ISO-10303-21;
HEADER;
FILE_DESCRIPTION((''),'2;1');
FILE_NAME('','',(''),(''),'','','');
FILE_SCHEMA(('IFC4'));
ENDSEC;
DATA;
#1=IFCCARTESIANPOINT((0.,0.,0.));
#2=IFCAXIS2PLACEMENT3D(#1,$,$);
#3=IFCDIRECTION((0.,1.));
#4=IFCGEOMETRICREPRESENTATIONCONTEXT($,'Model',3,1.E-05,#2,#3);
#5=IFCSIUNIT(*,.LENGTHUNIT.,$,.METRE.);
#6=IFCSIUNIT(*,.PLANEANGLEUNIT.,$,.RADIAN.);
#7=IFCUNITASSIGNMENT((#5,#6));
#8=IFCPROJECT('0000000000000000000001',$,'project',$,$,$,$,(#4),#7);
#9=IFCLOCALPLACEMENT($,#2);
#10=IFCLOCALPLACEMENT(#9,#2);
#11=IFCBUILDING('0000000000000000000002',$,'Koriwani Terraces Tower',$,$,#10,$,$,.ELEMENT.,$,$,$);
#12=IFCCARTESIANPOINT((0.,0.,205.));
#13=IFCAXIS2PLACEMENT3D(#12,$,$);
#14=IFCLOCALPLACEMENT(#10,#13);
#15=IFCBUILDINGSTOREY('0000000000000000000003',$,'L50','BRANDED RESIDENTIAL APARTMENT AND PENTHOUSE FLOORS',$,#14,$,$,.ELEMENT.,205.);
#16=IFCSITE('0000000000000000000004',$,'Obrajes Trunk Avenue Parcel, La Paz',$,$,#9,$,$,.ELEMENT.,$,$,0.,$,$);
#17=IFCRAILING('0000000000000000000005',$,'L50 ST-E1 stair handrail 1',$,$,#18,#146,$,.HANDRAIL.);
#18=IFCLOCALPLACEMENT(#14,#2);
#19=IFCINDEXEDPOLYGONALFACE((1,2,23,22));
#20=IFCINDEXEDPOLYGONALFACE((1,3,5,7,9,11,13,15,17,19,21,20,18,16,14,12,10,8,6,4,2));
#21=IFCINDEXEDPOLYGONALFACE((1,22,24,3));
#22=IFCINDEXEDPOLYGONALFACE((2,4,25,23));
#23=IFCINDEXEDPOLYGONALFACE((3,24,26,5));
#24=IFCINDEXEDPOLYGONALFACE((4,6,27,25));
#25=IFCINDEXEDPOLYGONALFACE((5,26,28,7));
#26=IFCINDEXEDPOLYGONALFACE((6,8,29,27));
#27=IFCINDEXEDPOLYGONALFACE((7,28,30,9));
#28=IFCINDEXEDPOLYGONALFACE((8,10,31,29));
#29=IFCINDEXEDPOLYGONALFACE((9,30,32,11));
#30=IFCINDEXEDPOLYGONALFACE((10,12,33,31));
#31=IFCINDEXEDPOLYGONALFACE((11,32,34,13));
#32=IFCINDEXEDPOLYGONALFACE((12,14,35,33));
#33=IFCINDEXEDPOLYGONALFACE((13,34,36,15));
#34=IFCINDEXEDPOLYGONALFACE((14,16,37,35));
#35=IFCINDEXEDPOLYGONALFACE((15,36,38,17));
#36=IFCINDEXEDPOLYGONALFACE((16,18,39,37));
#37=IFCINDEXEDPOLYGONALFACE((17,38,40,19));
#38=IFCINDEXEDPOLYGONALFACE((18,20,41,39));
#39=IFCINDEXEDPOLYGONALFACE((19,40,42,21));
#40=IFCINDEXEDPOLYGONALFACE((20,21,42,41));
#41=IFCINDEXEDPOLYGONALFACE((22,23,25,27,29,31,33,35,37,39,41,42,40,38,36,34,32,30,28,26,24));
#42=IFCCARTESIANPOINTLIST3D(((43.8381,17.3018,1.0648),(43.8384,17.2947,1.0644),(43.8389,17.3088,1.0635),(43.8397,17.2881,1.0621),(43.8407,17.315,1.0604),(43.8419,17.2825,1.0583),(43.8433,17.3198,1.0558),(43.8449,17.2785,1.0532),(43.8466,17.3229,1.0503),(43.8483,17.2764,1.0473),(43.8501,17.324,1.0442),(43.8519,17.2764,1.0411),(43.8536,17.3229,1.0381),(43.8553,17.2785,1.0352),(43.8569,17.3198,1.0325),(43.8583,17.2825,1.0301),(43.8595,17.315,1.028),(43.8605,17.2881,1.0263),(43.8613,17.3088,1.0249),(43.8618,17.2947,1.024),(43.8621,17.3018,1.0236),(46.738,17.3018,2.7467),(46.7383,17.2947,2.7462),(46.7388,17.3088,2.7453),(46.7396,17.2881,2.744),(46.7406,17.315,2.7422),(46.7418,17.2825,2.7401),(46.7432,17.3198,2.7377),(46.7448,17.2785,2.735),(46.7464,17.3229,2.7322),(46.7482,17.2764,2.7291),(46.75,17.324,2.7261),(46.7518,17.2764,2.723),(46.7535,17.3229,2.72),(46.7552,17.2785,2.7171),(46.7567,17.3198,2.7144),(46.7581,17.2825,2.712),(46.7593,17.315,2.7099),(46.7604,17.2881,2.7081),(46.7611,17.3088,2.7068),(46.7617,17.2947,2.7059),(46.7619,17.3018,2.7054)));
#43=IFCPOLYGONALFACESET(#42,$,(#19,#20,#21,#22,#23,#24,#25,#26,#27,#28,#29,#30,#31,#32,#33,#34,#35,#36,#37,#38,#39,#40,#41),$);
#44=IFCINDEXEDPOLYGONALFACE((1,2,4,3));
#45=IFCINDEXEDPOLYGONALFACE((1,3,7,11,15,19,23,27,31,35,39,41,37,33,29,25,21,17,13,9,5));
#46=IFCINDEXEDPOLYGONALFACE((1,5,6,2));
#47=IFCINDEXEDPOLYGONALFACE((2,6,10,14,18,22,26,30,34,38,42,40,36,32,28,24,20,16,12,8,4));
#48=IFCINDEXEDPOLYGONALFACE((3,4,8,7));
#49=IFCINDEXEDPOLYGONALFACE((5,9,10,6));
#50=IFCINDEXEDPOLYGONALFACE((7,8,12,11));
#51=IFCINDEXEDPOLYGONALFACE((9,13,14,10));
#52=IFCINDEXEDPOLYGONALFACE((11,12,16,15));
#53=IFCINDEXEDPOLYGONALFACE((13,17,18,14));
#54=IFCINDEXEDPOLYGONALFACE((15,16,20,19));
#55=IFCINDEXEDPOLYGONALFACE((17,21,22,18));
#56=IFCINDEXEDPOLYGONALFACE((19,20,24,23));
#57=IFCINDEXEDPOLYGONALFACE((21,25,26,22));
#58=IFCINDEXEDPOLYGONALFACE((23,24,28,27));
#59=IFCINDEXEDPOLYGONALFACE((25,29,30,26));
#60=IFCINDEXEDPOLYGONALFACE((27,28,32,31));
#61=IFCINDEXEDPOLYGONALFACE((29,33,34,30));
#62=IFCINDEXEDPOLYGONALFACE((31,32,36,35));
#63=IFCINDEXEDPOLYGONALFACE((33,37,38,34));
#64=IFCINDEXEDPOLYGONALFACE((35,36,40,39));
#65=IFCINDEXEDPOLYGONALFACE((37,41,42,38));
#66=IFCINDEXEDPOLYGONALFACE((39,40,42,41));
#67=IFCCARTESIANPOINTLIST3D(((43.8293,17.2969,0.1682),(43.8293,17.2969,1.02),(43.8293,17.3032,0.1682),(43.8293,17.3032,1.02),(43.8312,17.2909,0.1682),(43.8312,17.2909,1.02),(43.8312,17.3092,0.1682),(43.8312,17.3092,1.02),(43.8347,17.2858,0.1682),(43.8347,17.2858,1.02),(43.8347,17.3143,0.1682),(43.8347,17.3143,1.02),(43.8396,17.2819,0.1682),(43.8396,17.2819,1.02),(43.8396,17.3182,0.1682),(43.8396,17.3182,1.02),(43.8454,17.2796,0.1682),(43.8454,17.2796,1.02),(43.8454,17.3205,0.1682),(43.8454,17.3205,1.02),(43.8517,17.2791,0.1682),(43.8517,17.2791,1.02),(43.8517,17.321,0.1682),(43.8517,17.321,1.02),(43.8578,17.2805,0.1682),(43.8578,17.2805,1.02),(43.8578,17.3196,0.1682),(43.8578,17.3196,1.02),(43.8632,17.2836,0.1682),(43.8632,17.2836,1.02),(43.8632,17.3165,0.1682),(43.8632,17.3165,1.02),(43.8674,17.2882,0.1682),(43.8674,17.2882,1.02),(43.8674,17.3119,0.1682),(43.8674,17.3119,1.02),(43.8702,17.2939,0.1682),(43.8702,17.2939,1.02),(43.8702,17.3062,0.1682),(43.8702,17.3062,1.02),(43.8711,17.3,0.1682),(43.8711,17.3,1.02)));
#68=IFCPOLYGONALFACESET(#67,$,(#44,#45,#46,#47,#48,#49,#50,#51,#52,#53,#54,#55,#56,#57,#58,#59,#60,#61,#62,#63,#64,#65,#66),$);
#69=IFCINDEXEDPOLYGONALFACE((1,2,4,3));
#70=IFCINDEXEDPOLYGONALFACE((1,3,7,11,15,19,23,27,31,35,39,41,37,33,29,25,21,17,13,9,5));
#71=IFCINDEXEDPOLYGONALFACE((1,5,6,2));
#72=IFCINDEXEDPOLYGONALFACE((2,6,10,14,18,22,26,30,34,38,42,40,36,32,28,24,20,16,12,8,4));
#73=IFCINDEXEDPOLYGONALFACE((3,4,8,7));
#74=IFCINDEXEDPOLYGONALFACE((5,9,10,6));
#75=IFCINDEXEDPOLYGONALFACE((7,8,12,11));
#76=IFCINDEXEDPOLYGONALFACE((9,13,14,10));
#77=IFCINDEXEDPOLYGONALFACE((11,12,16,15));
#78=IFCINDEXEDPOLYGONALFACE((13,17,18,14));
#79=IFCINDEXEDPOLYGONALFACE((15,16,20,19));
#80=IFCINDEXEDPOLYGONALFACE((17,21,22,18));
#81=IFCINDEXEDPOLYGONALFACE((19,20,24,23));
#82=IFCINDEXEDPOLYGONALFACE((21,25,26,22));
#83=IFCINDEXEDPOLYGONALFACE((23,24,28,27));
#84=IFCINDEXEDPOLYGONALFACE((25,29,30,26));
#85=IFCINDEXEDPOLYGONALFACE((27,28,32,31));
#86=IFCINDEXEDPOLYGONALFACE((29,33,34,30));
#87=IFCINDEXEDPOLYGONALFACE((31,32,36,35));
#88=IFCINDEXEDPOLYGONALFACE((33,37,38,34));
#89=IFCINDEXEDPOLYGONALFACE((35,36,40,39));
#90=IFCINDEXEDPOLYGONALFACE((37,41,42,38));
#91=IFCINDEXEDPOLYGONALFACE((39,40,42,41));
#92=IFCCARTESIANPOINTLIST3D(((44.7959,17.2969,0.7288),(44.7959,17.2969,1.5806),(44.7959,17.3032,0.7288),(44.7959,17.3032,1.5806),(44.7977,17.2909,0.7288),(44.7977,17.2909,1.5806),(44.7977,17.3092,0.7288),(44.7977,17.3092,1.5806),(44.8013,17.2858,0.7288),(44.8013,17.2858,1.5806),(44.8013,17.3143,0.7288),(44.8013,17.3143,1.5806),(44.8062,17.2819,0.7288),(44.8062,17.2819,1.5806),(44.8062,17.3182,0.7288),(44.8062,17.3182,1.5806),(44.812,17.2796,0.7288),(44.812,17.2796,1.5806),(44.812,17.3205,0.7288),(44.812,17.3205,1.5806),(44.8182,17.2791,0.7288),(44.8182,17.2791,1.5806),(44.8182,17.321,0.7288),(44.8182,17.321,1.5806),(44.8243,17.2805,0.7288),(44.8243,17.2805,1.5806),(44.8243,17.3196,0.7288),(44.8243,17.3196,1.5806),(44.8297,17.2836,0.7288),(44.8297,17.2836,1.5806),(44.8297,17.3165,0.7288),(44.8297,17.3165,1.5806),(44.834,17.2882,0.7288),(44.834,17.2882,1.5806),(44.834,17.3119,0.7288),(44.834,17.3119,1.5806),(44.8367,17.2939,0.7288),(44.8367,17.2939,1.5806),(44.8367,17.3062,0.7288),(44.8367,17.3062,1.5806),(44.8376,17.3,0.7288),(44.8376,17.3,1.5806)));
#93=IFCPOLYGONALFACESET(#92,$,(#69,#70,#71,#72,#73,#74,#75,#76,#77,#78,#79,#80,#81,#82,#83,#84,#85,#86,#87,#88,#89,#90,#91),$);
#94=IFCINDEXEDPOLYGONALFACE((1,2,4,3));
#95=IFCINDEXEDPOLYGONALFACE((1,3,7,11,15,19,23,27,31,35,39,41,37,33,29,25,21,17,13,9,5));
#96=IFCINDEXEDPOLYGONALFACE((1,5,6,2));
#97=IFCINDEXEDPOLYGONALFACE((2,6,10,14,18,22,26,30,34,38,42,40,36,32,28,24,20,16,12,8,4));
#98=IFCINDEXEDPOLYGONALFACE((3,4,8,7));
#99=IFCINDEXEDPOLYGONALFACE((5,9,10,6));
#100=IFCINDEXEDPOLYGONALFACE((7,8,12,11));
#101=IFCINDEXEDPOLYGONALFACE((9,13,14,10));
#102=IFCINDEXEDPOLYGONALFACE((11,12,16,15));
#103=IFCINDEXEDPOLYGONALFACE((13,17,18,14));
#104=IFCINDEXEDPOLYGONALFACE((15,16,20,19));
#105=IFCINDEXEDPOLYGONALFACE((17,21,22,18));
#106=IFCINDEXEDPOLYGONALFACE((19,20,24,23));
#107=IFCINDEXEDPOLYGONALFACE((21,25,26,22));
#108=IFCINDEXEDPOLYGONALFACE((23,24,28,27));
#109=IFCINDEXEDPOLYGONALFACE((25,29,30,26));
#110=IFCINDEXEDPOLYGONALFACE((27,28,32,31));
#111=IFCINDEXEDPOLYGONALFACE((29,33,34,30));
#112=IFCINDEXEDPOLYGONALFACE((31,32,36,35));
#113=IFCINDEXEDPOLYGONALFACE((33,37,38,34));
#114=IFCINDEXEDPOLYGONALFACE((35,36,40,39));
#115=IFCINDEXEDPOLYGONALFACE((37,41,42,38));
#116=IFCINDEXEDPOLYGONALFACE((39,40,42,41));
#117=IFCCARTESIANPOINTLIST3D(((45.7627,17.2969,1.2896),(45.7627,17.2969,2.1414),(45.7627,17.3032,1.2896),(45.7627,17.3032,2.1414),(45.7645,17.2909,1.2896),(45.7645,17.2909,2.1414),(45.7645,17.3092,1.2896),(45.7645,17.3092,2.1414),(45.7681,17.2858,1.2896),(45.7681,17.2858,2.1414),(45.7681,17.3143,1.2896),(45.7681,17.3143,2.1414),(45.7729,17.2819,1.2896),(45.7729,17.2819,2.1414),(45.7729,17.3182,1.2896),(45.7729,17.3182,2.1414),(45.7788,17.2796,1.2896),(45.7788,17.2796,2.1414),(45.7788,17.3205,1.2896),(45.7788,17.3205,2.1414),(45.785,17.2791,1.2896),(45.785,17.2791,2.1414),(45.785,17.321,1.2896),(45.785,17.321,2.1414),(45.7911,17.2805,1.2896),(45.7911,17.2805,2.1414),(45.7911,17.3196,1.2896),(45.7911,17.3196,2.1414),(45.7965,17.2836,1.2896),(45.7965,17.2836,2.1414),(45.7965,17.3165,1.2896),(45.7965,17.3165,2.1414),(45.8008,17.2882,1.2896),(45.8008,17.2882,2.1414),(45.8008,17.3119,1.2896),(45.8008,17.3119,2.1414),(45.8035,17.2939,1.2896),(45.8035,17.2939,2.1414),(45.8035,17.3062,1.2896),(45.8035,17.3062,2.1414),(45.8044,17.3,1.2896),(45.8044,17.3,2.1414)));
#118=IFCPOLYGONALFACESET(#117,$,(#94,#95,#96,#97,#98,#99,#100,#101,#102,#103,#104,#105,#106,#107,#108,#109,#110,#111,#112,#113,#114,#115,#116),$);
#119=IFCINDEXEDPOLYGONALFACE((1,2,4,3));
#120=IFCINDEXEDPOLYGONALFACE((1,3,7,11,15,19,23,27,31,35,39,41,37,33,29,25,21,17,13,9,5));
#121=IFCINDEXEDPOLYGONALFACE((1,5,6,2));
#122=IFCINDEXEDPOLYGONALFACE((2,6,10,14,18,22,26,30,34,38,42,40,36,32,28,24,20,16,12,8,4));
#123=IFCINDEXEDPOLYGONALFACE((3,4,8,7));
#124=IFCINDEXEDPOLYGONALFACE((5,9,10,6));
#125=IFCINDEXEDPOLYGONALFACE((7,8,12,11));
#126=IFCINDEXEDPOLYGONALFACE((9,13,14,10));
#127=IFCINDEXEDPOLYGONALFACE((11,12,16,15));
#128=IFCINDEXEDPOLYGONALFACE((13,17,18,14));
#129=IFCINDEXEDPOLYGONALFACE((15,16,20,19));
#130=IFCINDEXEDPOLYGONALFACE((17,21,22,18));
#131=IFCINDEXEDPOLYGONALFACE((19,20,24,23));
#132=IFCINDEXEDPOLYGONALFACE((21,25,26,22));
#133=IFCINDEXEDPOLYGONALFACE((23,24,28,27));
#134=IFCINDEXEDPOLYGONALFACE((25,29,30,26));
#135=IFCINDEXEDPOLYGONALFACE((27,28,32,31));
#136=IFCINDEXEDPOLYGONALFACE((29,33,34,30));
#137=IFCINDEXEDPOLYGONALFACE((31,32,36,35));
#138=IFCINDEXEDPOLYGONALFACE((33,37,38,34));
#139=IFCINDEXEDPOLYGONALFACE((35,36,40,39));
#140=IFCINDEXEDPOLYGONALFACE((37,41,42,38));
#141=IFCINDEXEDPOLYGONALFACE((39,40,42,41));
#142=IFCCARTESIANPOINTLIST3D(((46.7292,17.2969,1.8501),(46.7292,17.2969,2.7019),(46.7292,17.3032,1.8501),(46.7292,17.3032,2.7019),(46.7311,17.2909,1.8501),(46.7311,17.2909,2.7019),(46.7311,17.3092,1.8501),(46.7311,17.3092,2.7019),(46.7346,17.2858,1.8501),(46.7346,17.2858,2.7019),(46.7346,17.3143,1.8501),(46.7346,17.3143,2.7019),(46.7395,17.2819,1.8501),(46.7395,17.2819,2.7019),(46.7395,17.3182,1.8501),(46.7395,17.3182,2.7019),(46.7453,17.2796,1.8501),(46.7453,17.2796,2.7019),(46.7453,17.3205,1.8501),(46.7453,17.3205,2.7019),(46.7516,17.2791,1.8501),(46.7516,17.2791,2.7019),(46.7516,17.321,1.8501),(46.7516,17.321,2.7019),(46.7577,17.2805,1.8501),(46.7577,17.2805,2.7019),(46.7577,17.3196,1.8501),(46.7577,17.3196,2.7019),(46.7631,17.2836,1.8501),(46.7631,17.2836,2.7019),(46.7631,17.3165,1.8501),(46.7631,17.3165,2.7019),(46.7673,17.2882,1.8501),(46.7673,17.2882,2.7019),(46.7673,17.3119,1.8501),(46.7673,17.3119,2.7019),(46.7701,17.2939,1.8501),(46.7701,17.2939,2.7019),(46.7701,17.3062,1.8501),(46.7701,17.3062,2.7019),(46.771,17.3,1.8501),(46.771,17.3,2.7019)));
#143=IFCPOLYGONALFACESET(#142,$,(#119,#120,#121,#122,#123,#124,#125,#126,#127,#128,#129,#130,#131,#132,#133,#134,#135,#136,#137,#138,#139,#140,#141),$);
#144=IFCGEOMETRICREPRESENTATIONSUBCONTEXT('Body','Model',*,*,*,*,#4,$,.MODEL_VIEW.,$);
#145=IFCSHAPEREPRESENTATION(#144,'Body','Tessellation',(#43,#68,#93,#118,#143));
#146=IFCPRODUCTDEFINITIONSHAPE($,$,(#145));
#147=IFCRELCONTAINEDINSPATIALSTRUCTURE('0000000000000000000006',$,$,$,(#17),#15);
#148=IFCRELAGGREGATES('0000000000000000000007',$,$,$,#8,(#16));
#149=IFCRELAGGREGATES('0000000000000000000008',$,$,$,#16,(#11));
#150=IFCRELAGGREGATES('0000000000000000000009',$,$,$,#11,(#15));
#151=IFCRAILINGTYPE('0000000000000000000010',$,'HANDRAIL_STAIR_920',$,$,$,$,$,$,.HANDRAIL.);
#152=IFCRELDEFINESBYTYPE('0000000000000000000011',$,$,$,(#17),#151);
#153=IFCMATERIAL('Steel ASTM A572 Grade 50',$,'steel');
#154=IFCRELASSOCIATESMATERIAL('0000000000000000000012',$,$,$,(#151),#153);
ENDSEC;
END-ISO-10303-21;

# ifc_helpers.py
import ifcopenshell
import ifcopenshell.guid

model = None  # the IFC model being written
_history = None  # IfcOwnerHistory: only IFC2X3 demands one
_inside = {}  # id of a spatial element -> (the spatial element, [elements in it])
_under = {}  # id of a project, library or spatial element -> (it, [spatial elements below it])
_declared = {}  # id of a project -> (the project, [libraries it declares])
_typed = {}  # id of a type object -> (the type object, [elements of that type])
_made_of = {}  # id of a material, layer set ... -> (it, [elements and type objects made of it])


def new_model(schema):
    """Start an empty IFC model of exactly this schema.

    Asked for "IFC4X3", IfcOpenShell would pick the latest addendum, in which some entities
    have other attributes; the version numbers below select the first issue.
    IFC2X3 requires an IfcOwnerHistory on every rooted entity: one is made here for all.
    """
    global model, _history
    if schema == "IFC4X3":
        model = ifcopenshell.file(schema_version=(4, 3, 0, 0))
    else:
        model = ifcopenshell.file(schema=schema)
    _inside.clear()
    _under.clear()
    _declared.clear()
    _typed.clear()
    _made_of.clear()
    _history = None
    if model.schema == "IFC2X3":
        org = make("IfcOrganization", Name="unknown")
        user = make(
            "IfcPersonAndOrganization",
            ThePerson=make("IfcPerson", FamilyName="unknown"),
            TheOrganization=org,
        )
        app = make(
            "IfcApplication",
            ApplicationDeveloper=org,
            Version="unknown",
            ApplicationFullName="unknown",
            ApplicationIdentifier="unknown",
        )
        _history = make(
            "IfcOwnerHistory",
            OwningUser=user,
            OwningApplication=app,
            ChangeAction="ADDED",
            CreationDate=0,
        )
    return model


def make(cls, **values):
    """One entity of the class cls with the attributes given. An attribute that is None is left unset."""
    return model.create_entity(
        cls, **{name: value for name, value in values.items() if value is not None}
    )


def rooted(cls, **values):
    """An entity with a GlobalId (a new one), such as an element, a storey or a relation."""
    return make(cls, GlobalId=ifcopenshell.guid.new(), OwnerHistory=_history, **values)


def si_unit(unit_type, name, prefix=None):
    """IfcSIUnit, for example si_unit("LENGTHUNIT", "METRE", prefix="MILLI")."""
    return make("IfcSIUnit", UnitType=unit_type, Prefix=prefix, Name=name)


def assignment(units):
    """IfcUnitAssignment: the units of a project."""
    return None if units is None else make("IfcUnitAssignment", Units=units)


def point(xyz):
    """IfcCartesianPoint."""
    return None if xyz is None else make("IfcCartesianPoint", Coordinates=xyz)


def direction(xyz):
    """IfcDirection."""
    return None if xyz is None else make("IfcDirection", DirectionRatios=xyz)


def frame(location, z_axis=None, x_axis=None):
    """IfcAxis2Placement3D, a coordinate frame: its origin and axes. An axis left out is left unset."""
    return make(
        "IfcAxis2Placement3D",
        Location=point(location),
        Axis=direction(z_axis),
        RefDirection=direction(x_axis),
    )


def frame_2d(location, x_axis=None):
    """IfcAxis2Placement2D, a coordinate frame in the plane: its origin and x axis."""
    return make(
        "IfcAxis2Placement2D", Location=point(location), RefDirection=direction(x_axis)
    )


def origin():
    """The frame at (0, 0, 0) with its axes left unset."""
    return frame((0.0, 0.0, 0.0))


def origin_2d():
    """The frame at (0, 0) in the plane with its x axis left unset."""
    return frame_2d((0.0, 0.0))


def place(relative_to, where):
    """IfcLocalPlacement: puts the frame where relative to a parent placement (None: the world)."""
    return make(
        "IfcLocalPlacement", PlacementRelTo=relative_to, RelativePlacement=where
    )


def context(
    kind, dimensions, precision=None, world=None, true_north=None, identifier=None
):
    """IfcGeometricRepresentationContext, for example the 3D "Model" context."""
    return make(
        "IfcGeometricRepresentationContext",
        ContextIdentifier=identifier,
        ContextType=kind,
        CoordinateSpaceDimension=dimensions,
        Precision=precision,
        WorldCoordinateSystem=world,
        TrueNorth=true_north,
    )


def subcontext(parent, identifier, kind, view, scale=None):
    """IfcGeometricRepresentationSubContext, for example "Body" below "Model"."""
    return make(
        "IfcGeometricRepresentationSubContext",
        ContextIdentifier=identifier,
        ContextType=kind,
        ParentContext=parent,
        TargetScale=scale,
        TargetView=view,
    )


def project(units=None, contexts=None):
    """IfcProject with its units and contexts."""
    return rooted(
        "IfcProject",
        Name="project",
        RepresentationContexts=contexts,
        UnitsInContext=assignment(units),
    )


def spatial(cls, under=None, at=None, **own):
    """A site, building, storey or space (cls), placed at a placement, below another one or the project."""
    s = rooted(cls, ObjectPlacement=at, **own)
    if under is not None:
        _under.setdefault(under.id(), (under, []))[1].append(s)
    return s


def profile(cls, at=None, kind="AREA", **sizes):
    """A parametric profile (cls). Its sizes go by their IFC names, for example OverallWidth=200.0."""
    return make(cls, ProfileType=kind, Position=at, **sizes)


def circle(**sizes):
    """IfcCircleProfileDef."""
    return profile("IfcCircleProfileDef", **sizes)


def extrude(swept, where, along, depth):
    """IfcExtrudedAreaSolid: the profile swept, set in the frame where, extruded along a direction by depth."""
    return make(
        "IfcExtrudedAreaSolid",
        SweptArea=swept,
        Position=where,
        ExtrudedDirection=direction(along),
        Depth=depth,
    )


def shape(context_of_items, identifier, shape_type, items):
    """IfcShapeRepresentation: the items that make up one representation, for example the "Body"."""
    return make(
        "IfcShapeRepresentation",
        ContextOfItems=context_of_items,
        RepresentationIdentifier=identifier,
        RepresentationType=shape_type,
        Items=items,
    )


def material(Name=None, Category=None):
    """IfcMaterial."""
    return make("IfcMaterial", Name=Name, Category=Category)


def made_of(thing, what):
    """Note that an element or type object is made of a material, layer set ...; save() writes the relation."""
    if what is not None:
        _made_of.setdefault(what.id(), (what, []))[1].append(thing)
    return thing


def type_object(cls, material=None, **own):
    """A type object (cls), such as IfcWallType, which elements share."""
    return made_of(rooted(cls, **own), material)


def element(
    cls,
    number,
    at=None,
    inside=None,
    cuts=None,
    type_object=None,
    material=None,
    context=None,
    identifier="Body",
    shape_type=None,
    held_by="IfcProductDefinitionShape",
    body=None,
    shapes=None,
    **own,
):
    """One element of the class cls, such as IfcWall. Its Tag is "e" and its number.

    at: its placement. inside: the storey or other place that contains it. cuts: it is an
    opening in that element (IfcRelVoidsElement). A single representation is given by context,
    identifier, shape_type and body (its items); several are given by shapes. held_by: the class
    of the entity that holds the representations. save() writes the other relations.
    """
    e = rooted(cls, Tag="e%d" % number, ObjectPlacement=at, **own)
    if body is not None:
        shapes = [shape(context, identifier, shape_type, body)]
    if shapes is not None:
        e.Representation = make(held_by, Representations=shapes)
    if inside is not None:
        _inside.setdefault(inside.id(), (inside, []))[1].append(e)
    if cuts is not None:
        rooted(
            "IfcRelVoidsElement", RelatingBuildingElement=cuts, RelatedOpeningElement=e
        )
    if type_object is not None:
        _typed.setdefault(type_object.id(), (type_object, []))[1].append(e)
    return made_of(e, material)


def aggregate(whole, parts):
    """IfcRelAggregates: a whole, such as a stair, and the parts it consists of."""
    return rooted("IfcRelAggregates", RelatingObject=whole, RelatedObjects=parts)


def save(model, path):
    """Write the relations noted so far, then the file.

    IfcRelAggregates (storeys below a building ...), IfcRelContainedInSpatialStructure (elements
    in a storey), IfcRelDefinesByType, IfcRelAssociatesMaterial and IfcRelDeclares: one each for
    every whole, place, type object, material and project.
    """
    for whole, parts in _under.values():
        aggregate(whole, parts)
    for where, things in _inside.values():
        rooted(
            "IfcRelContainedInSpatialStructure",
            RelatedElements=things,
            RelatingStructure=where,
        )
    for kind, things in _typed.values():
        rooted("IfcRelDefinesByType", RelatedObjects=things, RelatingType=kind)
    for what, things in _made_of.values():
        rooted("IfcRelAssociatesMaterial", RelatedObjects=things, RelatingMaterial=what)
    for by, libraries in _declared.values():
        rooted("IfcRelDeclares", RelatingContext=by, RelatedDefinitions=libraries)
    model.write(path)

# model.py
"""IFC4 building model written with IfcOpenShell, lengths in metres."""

from ifc_helpers import new_model, si_unit, direction, frame, origin, origin_2d, place, context, subcontext, project, spatial, circle, extrude, material, type_object, element, save


model = new_model("IFC4")

# Units and contexts
model_context = context("Model", 3, precision=1e-05, world=origin(), true_north=direction((0.0, 1.0)))
body_context = subcontext(model_context, "Body", "Model", "MODEL_VIEW")
ifc_project = project(units=[si_unit("LENGTHUNIT", "METRE"), si_unit("PLANEANGLEUNIT", "RADIAN")], contexts=[model_context])

# Site, building, storey
site_placement = place(None, origin())
site = spatial("IfcSite", under=ifc_project, at=site_placement, Name="Obrajes Trunk Avenue Parcel, La Paz", CompositionType="ELEMENT", RefElevation=0.0)
building_placement = place(site_placement, origin())
building = spatial("IfcBuilding", under=site, at=building_placement, Name="Koriwani Terraces Tower", CompositionType="ELEMENT")
storey_placement = place(building_placement, frame((0.0, 0.0, 205.0)))
storey = spatial("IfcBuildingStorey", under=building, at=storey_placement, Name="L50", Description="BRANDED RESIDENTIAL APARTMENT AND PENTHOUSE FLOORS", CompositionType="ELEMENT", Elevation=205.0)

# Shared definitions
ifc_material_1 = material(Name="Steel ASTM A572 Grade 50", Category="steel")

# Railing
railing_type_1 = type_object("IfcRailingType", Name="HANDRAIL_STAIR_920", PredefinedType="HANDRAIL", material=ifc_material_1)
for number, where, name in (
    (1, (43.8501, 17.3, 0.1682), "L50 ST-E1 stair handrail 1"),
):
    element("IfcRailing", number, at=place(storey_placement, frame(where)), inside=storey, type_object=railing_type_1, Name=name, PredefinedType="HANDRAIL", context=body_context, shape_type="SweptSolid", body=[
        extrude(circle(Radius=0.0239, at=origin_2d()), frame((0.0, 0.0, 0.876), z_axis=(0.865039, 0.0, 0.501705), x_axis=(0.0, 1.0, 0.0)), (0.0, 0.0, 1.0), 3.3523),
        extrude(circle(Radius=0.021, at=origin_2d()), origin(), (0.0, 0.0, 1.0), 0.8518),
        extrude(circle(Radius=0.021, at=origin_2d()), frame((0.9666, 0.0, 0.5605)), (0.0, 0.0, 1.0), 0.8518),
        extrude(circle(Radius=0.021, at=origin_2d()), frame((1.9333, 0.0, 1.1213)), (0.0, 0.0, 1.0), 0.8518),
        extrude(circle(Radius=0.021, at=origin_2d()), frame((2.8999, 0.0, 1.6819)), (0.0, 0.0, 1.0), 0.8518),
    ])

save(model, "model.ifc")
